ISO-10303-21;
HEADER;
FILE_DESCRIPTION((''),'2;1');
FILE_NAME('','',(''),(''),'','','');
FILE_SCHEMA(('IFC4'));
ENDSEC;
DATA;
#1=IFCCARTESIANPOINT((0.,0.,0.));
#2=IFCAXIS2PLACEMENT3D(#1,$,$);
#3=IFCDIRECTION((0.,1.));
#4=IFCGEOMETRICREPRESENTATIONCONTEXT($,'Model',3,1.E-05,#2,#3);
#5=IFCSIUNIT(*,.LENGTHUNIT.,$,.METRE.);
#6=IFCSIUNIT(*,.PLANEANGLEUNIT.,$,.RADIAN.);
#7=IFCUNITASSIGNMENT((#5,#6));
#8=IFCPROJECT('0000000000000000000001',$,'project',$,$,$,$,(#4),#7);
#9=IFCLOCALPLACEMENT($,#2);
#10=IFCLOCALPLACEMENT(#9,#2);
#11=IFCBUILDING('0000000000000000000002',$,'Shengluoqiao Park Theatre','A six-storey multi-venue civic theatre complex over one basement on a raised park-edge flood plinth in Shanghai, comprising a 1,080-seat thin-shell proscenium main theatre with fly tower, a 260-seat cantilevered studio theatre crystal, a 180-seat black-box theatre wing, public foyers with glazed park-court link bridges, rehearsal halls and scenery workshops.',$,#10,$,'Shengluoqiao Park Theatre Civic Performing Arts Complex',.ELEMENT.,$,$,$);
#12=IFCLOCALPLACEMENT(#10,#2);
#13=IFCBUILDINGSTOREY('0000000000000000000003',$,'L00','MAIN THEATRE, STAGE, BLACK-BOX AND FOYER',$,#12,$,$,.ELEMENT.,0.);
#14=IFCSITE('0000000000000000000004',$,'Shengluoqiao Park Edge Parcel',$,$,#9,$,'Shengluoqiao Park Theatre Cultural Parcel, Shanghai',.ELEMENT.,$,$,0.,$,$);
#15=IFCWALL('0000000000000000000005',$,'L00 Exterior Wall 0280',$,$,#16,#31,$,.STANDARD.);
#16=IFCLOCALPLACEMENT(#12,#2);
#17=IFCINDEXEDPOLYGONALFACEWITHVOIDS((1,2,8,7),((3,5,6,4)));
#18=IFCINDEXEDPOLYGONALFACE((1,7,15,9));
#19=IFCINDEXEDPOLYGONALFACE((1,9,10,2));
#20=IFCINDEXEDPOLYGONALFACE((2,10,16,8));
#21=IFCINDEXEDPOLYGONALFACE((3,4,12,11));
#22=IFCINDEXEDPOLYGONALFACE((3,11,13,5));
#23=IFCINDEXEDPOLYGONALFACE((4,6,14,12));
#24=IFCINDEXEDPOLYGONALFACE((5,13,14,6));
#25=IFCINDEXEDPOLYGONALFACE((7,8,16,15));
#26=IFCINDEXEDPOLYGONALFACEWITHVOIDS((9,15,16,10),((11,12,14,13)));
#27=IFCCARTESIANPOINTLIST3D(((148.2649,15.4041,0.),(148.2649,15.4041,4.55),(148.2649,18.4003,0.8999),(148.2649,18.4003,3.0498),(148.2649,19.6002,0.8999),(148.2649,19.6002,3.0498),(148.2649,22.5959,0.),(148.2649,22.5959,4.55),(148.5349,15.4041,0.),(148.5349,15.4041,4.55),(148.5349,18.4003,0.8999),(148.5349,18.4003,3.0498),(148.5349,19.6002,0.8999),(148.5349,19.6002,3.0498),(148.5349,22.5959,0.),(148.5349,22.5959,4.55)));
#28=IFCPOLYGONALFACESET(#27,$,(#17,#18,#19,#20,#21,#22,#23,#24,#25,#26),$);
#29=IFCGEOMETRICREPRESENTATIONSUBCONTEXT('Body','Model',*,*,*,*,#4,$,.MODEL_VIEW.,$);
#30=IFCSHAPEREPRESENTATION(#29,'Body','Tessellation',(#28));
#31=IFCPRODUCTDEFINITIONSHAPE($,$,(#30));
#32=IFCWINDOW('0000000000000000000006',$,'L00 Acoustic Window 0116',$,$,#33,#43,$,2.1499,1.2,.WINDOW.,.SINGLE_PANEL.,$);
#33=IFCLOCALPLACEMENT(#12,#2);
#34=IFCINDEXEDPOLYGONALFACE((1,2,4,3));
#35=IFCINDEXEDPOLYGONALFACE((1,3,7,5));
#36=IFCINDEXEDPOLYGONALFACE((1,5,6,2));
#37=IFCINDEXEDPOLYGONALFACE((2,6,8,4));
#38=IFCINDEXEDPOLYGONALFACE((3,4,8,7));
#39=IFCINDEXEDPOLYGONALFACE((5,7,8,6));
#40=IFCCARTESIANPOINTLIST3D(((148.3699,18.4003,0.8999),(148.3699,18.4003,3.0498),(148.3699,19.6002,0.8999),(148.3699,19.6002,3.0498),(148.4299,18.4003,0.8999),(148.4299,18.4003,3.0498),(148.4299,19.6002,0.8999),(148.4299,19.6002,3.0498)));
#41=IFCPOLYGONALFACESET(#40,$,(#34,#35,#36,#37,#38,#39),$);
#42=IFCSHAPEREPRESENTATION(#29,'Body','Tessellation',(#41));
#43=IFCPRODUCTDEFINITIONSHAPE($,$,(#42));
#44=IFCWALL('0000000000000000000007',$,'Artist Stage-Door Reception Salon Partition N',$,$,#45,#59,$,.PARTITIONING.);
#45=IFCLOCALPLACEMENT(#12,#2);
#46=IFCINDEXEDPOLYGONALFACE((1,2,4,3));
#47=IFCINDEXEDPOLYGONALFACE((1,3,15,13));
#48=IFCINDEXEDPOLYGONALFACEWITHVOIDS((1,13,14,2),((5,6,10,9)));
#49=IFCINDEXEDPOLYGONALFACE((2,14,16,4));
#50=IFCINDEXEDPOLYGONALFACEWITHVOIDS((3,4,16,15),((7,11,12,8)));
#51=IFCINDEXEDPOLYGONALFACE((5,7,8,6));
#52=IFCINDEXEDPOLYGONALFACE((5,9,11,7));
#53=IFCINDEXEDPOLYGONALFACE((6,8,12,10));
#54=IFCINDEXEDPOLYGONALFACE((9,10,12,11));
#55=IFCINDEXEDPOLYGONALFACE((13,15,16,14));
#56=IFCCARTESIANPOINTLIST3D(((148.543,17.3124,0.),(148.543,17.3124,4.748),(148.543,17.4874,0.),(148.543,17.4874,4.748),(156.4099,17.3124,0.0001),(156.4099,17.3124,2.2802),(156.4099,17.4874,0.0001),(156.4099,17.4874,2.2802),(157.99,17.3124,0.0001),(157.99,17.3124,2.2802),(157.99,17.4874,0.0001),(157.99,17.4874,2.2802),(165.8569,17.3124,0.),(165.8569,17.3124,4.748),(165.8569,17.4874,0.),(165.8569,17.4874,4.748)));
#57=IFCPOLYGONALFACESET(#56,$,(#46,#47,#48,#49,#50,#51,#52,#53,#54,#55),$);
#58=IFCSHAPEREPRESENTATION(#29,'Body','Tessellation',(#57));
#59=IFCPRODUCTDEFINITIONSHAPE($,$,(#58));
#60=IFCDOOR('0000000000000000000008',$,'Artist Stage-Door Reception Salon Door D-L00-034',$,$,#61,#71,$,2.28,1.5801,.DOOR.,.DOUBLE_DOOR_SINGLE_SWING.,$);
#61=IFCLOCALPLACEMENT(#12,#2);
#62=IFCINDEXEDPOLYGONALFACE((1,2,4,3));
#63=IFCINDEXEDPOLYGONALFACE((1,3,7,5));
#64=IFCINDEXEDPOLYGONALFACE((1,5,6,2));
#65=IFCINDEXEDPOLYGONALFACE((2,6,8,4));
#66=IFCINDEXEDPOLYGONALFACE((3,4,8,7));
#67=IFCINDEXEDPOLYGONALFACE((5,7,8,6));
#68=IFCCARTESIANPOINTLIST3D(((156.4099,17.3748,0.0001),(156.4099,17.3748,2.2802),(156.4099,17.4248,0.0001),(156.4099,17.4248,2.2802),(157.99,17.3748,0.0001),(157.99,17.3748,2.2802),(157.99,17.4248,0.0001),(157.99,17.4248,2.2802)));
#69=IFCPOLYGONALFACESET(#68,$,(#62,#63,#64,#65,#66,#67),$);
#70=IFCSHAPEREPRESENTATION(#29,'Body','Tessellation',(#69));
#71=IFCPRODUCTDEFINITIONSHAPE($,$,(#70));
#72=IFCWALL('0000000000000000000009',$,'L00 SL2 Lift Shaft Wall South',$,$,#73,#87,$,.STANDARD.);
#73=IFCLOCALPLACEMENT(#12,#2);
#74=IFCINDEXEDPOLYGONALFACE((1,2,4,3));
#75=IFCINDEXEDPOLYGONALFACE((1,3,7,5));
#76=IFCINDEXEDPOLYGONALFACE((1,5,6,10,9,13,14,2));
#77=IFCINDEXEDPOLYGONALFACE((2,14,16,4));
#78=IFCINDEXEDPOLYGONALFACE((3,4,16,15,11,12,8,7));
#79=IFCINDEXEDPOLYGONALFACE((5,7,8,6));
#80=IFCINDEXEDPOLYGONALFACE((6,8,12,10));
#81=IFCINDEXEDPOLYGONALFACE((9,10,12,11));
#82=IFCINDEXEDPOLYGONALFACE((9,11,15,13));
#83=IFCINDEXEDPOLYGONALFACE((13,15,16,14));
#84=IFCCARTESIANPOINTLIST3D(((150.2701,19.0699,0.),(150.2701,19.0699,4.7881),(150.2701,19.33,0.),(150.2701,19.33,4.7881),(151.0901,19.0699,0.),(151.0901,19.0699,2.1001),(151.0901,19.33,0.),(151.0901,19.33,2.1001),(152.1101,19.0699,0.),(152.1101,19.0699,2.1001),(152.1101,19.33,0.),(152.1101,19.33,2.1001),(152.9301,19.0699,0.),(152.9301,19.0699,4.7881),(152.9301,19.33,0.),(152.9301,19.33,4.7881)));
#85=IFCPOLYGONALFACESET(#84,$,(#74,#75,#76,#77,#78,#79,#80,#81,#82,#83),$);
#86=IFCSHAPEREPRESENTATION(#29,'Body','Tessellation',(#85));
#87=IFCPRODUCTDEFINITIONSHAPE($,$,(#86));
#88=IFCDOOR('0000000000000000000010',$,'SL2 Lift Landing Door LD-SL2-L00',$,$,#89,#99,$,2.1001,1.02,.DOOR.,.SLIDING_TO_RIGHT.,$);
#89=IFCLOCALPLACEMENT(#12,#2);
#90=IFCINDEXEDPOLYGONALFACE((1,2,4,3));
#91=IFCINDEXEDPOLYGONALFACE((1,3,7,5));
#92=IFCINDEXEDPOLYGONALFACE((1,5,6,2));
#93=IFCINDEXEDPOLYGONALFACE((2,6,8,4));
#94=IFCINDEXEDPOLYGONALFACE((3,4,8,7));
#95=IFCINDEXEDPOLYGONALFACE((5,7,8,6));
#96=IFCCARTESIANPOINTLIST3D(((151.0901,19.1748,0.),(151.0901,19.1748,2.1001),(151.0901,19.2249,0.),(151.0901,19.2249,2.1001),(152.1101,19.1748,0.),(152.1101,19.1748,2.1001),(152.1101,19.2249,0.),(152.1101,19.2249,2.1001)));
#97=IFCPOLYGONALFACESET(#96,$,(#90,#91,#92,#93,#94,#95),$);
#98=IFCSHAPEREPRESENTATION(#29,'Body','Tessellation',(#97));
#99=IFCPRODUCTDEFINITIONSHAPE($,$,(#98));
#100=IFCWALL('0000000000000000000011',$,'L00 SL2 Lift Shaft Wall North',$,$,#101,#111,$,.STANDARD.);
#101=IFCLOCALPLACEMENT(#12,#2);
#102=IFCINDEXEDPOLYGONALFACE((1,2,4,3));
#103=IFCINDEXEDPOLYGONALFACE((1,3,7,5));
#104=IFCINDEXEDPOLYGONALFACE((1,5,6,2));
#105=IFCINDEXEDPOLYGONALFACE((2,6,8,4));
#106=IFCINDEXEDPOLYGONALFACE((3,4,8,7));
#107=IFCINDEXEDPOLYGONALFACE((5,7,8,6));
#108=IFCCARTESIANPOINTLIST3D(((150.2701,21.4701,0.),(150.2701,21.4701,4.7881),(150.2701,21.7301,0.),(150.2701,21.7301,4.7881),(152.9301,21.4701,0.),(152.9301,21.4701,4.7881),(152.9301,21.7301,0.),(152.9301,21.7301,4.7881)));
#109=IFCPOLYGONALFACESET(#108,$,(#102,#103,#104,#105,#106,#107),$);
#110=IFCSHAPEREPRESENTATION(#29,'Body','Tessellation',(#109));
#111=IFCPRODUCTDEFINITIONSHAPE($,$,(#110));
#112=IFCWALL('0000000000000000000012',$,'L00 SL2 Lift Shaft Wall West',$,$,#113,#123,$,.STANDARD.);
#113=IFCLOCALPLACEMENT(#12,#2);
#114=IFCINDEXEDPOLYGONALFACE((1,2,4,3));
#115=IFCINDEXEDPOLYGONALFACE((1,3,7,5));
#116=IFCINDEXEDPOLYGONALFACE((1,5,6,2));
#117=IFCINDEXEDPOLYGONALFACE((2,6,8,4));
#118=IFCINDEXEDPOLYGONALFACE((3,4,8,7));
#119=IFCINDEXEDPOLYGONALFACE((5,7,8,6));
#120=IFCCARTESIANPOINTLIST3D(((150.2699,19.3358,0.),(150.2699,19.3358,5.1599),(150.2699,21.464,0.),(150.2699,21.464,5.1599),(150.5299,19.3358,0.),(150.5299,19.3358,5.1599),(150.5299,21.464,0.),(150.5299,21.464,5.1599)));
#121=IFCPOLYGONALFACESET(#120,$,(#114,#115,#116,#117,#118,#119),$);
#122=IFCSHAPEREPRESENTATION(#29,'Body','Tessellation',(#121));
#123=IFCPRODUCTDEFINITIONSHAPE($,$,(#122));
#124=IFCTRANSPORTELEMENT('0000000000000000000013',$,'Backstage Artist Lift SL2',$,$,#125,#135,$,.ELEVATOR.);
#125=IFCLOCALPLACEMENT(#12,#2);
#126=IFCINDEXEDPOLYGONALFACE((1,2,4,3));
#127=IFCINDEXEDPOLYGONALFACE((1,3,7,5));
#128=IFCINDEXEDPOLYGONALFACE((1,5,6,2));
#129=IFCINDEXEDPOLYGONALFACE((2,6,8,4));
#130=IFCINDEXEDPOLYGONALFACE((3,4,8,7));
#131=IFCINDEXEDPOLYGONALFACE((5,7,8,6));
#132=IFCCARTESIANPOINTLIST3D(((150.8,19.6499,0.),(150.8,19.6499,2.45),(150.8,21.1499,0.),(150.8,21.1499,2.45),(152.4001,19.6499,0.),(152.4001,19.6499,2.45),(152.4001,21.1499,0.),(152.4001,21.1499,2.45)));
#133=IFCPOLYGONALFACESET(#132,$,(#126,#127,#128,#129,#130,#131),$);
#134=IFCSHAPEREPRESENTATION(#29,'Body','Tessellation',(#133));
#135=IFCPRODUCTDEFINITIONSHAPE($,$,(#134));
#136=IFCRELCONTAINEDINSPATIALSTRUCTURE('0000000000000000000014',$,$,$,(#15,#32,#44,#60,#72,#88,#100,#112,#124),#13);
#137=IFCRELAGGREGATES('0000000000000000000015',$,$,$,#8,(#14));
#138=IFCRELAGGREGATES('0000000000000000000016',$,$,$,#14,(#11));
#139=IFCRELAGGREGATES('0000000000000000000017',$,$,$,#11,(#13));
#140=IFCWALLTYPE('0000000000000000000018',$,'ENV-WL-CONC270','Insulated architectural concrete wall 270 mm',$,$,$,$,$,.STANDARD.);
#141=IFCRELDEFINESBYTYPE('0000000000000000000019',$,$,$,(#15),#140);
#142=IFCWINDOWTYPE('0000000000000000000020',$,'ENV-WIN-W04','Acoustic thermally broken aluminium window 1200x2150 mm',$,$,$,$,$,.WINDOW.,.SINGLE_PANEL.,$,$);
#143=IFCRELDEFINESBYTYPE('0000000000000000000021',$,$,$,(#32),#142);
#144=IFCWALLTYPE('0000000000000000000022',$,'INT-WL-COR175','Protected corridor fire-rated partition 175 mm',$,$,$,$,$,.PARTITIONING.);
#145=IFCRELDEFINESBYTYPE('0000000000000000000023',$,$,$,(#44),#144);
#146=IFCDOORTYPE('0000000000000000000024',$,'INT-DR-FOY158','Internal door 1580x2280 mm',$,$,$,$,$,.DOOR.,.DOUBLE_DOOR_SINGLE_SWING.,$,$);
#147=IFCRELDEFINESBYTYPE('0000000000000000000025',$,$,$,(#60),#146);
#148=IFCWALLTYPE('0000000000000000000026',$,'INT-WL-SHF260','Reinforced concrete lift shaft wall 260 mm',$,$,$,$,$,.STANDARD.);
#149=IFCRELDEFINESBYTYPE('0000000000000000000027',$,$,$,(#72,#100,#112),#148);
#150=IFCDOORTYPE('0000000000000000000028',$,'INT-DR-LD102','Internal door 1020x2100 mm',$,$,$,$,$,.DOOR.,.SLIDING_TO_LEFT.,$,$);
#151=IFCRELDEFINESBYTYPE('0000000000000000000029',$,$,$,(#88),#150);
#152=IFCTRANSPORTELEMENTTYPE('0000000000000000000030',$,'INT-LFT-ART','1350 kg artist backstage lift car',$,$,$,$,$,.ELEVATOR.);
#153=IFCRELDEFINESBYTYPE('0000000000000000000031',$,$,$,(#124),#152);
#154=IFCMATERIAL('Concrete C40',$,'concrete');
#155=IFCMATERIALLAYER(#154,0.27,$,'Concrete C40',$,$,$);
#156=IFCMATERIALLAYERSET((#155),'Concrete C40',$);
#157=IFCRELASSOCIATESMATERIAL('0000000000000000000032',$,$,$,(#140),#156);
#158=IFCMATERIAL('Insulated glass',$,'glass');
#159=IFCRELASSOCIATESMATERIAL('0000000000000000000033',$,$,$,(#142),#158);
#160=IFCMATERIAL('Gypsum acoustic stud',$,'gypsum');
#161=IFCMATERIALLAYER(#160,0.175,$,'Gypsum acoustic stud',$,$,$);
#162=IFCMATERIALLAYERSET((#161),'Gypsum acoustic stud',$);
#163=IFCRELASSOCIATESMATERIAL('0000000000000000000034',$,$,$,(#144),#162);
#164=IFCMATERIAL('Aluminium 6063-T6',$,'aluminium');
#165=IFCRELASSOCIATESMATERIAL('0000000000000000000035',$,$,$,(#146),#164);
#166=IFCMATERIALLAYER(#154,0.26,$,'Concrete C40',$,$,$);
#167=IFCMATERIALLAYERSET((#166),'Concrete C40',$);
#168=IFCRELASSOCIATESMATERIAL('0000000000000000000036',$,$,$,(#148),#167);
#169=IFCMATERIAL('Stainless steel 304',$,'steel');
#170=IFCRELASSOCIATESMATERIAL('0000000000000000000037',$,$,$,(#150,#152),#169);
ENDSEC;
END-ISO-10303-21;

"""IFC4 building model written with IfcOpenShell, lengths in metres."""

from ifc_helpers import new_model, si_unit, direction, frame, frame_2d, origin, origin_2d, place, context, subcontext, project, spatial, rectangle, extrude, material, layer, layer_set, type_object, element, fill, save


model = new_model("IFC4")

# Units and contexts
model_context = context("Model", 3, precision=1e-05, world=origin(), true_north=direction((0.0, 1.0)))
body_context = subcontext(model_context, "Body", "Model", "MODEL_VIEW")
ifc_project = project(units=[si_unit("LENGTHUNIT", "METRE"), si_unit("PLANEANGLEUNIT", "RADIAN")], contexts=[model_context])

# Site, building, storey
site_placement = place(None, origin())
site = spatial("IfcSite", under=ifc_project, at=site_placement, Name="Shengluoqiao Park Edge Parcel", LongName="Shengluoqiao Park Theatre Cultural Parcel, Shanghai", CompositionType="ELEMENT", RefElevation=0.0)
building_placement = place(site_placement, origin())
building = spatial("IfcBuilding", under=site, at=building_placement, Name="Shengluoqiao Park Theatre", Description="A six-storey multi-venue civic theatre complex over one basement on a raised park-edge flood plinth in Shanghai, comprising a 1,080-seat thin-shell proscenium main theatre with fly tower, a 260-seat cantilevered studio theatre crystal, a 180-seat black-box theatre wing, public foyers with glazed park-court link bridges, rehearsal halls and scenery workshops.", LongName="Shengluoqiao Park Theatre Civic Performing Arts Complex", CompositionType="ELEMENT")
storey_placement = place(building_placement, origin())
storey = spatial("IfcBuildingStorey", under=building, at=storey_placement, Name="L00", Description="MAIN THEATRE, STAGE, BLACK-BOX AND FOYER", CompositionType="ELEMENT", Elevation=0.0)

# Shared definitions
ifc_material_1 = material(Name="Concrete C40", Category="concrete")

# Shared definitions
ifc_material_2 = material(Name="Aluminium 6063-T6", Category="aluminium")
ifc_material_3 = material(Name="Insulated glass", Category="glass")

# Wall, opening, window
ifc_layer_1 = layer(ifc_material_1, 0.27, Name="Concrete C40")
ifc_layer_set_1 = layer_set([ifc_layer_1], Name="Concrete C40")
wall_type_1 = type_object("IfcWallType", Name="ENV-WL-CONC270", Description="Insulated architectural concrete wall 270 mm", PredefinedType="STANDARD", material=ifc_layer_set_1)
wall_1_placement = place(storey_placement, frame((148.3999, 15.4041, 0.0), z_axis=(0.0, 0.0, 1.0), x_axis=(0.0, 1.0, 0.0)))
wall_1 = element("IfcWall", 1, at=wall_1_placement, inside=storey, type_object=wall_type_1, Name="L00 Exterior Wall 0280", PredefinedType="STANDARD", context=body_context, shape_type="SweptSolid", body=[
    extrude(rectangle(XDim=7.1919, YDim=0.27, at=frame_2d((3.5959, 0.0))), origin(), (0.0, 0.0, 1.0), 4.55),
])
opening_1_placement = place(wall_1_placement, frame((2.9961, 0.0, 0.8999)))
opening_1 = element("IfcOpeningElement", 2, at=opening_1_placement, cuts=wall_1, PredefinedType="OPENING", context=body_context, shape_type="SweptSolid", body=[
    extrude(rectangle(XDim=1.2, YDim=2.1499, at=frame_2d((0.6001, 1.075))), frame((0.0, 0.145, 0.0), z_axis=(0.0, -1.0, 0.0), x_axis=(1.0, 0.0, 0.0)), (0.0, 0.0, 1.0), 0.29),
])
window_type = type_object("IfcWindowType", Name="ENV-WIN-W04", Description="Acoustic thermally broken aluminium window 1200x2150 mm", PartitioningType="SINGLE_PANEL", PredefinedType="WINDOW", material=ifc_material_3)
window_placement = place(opening_1_placement, origin())
window = element("IfcWindow", 3, at=window_placement, inside=storey, type_object=window_type, Name="L00 Acoustic Window 0116", OverallHeight=2.1499, OverallWidth=1.2, PartitioningType="SINGLE_PANEL", PredefinedType="WINDOW", context=body_context, shape_type="SweptSolid", body=[
    extrude(rectangle(XDim=1.2, YDim=2.1499, at=frame_2d((0.6001, 1.075))), frame((0.0, 0.03, 0.0), z_axis=(0.0, -1.0, 0.0), x_axis=(1.0, 0.0, 0.0)), (0.0, 0.0, 1.0), 0.0601),
])
fill(opening_1, window)

# Walls, openings, doors
ifc_material_4 = material(Name="Gypsum acoustic stud", Category="gypsum")
ifc_layer_2 = layer(ifc_material_4, 0.175, Name="Gypsum acoustic stud")
ifc_layer_set_2 = layer_set([ifc_layer_2], Name="Gypsum acoustic stud")
wall_type_2 = type_object("IfcWallType", Name="INT-WL-COR175", Description="Protected corridor fire-rated partition 175 mm", PredefinedType="PARTITIONING", material=ifc_layer_set_2)
wall_2_placement = place(storey_placement, frame((148.543, 17.3999, 0.0), z_axis=(0.0, 0.0, 1.0), x_axis=(1.0, 0.0, 0.0)))
wall_2 = element("IfcWall", 4, at=wall_2_placement, inside=storey, type_object=wall_type_2, Name="Artist Stage-Door Reception Salon Partition N", PredefinedType="PARTITIONING", context=body_context, shape_type="SweptSolid", body=[
    extrude(rectangle(XDim=17.314, YDim=0.175, at=frame_2d((8.657, 0.0))), origin(), (0.0, 0.0, 1.0), 4.748),
])
opening_2_placement = place(wall_2_placement, frame((7.8669, 0.0, 0.0)))
opening_2 = element("IfcOpeningElement", 5, at=opening_2_placement, cuts=wall_2, PredefinedType="OPENING", context=body_context, shape_type="SweptSolid", body=[
    extrude(rectangle(XDim=1.5801, YDim=2.28, at=frame_2d((0.79, 1.1401))), frame((0.0, 0.0974, 0.0), z_axis=(0.0, -1.0, 0.0), x_axis=(1.0, 0.0, 0.0)), (0.0, 0.0, 1.0), 0.1951),
])
door_type_1 = type_object("IfcDoorType", Name="INT-DR-FOY158", Description="Internal door 1580x2280 mm", OperationType="DOUBLE_DOOR_SINGLE_SWING", PredefinedType="DOOR", material=ifc_material_2)
door_1_placement = place(opening_2_placement, origin())
door_1 = element("IfcDoor", 6, at=door_1_placement, inside=storey, type_object=door_type_1, Name="Artist Stage-Door Reception Salon Door D-L00-034", OperationType="DOUBLE_DOOR_SINGLE_SWING", OverallHeight=2.28, OverallWidth=1.5801, PredefinedType="DOOR", context=body_context, shape_type="SweptSolid", body=[
    extrude(rectangle(XDim=1.5801, YDim=2.28, at=frame_2d((0.79, 1.1401))), frame((0.0, 0.0249, 0.0), z_axis=(0.0, -1.0, 0.0), x_axis=(1.0, 0.0, 0.0)), (0.0, 0.0, 1.0), 0.05),
])
fill(opening_2, door_1)
ifc_layer_3 = layer(ifc_material_1, 0.26, Name="Concrete C40")
ifc_layer_set_3 = layer_set([ifc_layer_3], Name="Concrete C40")
wall_type_3 = type_object("IfcWallType", Name="INT-WL-SHF260", Description="Reinforced concrete lift shaft wall 260 mm", PredefinedType="STANDARD", material=ifc_layer_set_3)
wall_3_placement = place(storey_placement, frame((150.27, 19.2, 0.0), z_axis=(0.0, 0.0, 1.0), x_axis=(1.0, 0.0, 0.0)))
wall_3 = element("IfcWall", 7, at=wall_3_placement, inside=storey, type_object=wall_type_3, Name="L00 SL2 Lift Shaft Wall South", PredefinedType="STANDARD", context=body_context, shape_type="SweptSolid", body=[
    extrude(rectangle(XDim=2.6599, YDim=0.26, at=frame_2d((1.3301, 0.0))), origin(), (0.0, 0.0, 1.0), 4.7881),
])
opening_3_placement = place(wall_3_placement, frame((0.8201, 0.0, 0.0)))
opening_3 = element("IfcOpeningElement", 8, at=opening_3_placement, cuts=wall_3, PredefinedType="OPENING", context=body_context, shape_type="SweptSolid", body=[
    extrude(rectangle(XDim=1.02, YDim=2.1001, at=frame_2d((0.51, 1.05))), frame((0.0, 0.1399, 0.0), z_axis=(0.0, -1.0, 0.0), x_axis=(1.0, 0.0, 0.0)), (0.0, 0.0, 1.0), 0.28),
])
ifc_material_5 = material(Name="Stainless steel 304", Category="steel")
door_type_2 = type_object("IfcDoorType", Name="INT-DR-LD102", Description="Internal door 1020x2100 mm", OperationType="SLIDING_TO_LEFT", PredefinedType="DOOR", material=ifc_material_5)
door_2_placement = place(opening_3_placement, origin())
door_2 = element("IfcDoor", 9, at=door_2_placement, inside=storey, type_object=door_type_2, Name="SL2 Lift Landing Door LD-SL2-L00", OperationType="SLIDING_TO_RIGHT", OverallHeight=2.1001, OverallWidth=1.02, PredefinedType="DOOR", context=body_context, shape_type="SweptSolid", body=[
    extrude(rectangle(XDim=1.02, YDim=2.1001, at=frame_2d((0.51, 1.05))), frame((0.0, 0.0249, 0.0), z_axis=(0.0, -1.0, 0.0), x_axis=(1.0, 0.0, 0.0)), (0.0, 0.0, 1.0), 0.05),
])
fill(opening_3, door_2)

# Walls
wall_4_placement = place(storey_placement, frame((150.27, 21.6001, 0.0), z_axis=(0.0, 0.0, 1.0), x_axis=(1.0, 0.0, 0.0)))
element("IfcWall", 10, at=wall_4_placement, inside=storey, type_object=wall_type_3, Name="L00 SL2 Lift Shaft Wall North", PredefinedType="STANDARD", context=body_context, shape_type="SweptSolid", body=[
    extrude(rectangle(XDim=2.6599, YDim=0.26, at=frame_2d((1.3301, 0.0))), origin(), (0.0, 0.0, 1.0), 4.7881),
])
wall_5_placement = place(storey_placement, frame((150.3999, 19.3359, 0.0), z_axis=(0.0, 0.0, 1.0), x_axis=(0.0, 1.0, 0.0)))
element("IfcWall", 11, at=wall_5_placement, inside=storey, type_object=wall_type_3, Name="L00 SL2 Lift Shaft Wall West", PredefinedType="STANDARD", context=body_context, shape_type="SweptSolid", body=[
    extrude(rectangle(XDim=2.1282, YDim=0.26, at=frame_2d((1.064, 0.0))), origin(), (0.0, 0.0, 1.0), 5.1599),
])

# Transport element
transport_element_type = type_object("IfcTransportElementType", Name="INT-LFT-ART", Description="1350 kg artist backstage lift car", PredefinedType="ELEVATOR", material=ifc_material_5)
transport_element_placement = place(storey_placement, frame((151.6001, 20.3999, 0.0), z_axis=(0.0, 0.0, 1.0), x_axis=(1.0, 0.0, 0.0)))
element("IfcTransportElement", 12, at=transport_element_placement, inside=storey, type_object=transport_element_type, Name="Backstage Artist Lift SL2", PredefinedType="ELEVATOR", context=body_context, shape_type="SweptSolid", body=[
    extrude(rectangle(XDim=1.6001, YDim=1.5, at=origin_2d()), origin(), (0.0, 0.0, 1.0), 2.45),
])

save(model, "model.ifc")
